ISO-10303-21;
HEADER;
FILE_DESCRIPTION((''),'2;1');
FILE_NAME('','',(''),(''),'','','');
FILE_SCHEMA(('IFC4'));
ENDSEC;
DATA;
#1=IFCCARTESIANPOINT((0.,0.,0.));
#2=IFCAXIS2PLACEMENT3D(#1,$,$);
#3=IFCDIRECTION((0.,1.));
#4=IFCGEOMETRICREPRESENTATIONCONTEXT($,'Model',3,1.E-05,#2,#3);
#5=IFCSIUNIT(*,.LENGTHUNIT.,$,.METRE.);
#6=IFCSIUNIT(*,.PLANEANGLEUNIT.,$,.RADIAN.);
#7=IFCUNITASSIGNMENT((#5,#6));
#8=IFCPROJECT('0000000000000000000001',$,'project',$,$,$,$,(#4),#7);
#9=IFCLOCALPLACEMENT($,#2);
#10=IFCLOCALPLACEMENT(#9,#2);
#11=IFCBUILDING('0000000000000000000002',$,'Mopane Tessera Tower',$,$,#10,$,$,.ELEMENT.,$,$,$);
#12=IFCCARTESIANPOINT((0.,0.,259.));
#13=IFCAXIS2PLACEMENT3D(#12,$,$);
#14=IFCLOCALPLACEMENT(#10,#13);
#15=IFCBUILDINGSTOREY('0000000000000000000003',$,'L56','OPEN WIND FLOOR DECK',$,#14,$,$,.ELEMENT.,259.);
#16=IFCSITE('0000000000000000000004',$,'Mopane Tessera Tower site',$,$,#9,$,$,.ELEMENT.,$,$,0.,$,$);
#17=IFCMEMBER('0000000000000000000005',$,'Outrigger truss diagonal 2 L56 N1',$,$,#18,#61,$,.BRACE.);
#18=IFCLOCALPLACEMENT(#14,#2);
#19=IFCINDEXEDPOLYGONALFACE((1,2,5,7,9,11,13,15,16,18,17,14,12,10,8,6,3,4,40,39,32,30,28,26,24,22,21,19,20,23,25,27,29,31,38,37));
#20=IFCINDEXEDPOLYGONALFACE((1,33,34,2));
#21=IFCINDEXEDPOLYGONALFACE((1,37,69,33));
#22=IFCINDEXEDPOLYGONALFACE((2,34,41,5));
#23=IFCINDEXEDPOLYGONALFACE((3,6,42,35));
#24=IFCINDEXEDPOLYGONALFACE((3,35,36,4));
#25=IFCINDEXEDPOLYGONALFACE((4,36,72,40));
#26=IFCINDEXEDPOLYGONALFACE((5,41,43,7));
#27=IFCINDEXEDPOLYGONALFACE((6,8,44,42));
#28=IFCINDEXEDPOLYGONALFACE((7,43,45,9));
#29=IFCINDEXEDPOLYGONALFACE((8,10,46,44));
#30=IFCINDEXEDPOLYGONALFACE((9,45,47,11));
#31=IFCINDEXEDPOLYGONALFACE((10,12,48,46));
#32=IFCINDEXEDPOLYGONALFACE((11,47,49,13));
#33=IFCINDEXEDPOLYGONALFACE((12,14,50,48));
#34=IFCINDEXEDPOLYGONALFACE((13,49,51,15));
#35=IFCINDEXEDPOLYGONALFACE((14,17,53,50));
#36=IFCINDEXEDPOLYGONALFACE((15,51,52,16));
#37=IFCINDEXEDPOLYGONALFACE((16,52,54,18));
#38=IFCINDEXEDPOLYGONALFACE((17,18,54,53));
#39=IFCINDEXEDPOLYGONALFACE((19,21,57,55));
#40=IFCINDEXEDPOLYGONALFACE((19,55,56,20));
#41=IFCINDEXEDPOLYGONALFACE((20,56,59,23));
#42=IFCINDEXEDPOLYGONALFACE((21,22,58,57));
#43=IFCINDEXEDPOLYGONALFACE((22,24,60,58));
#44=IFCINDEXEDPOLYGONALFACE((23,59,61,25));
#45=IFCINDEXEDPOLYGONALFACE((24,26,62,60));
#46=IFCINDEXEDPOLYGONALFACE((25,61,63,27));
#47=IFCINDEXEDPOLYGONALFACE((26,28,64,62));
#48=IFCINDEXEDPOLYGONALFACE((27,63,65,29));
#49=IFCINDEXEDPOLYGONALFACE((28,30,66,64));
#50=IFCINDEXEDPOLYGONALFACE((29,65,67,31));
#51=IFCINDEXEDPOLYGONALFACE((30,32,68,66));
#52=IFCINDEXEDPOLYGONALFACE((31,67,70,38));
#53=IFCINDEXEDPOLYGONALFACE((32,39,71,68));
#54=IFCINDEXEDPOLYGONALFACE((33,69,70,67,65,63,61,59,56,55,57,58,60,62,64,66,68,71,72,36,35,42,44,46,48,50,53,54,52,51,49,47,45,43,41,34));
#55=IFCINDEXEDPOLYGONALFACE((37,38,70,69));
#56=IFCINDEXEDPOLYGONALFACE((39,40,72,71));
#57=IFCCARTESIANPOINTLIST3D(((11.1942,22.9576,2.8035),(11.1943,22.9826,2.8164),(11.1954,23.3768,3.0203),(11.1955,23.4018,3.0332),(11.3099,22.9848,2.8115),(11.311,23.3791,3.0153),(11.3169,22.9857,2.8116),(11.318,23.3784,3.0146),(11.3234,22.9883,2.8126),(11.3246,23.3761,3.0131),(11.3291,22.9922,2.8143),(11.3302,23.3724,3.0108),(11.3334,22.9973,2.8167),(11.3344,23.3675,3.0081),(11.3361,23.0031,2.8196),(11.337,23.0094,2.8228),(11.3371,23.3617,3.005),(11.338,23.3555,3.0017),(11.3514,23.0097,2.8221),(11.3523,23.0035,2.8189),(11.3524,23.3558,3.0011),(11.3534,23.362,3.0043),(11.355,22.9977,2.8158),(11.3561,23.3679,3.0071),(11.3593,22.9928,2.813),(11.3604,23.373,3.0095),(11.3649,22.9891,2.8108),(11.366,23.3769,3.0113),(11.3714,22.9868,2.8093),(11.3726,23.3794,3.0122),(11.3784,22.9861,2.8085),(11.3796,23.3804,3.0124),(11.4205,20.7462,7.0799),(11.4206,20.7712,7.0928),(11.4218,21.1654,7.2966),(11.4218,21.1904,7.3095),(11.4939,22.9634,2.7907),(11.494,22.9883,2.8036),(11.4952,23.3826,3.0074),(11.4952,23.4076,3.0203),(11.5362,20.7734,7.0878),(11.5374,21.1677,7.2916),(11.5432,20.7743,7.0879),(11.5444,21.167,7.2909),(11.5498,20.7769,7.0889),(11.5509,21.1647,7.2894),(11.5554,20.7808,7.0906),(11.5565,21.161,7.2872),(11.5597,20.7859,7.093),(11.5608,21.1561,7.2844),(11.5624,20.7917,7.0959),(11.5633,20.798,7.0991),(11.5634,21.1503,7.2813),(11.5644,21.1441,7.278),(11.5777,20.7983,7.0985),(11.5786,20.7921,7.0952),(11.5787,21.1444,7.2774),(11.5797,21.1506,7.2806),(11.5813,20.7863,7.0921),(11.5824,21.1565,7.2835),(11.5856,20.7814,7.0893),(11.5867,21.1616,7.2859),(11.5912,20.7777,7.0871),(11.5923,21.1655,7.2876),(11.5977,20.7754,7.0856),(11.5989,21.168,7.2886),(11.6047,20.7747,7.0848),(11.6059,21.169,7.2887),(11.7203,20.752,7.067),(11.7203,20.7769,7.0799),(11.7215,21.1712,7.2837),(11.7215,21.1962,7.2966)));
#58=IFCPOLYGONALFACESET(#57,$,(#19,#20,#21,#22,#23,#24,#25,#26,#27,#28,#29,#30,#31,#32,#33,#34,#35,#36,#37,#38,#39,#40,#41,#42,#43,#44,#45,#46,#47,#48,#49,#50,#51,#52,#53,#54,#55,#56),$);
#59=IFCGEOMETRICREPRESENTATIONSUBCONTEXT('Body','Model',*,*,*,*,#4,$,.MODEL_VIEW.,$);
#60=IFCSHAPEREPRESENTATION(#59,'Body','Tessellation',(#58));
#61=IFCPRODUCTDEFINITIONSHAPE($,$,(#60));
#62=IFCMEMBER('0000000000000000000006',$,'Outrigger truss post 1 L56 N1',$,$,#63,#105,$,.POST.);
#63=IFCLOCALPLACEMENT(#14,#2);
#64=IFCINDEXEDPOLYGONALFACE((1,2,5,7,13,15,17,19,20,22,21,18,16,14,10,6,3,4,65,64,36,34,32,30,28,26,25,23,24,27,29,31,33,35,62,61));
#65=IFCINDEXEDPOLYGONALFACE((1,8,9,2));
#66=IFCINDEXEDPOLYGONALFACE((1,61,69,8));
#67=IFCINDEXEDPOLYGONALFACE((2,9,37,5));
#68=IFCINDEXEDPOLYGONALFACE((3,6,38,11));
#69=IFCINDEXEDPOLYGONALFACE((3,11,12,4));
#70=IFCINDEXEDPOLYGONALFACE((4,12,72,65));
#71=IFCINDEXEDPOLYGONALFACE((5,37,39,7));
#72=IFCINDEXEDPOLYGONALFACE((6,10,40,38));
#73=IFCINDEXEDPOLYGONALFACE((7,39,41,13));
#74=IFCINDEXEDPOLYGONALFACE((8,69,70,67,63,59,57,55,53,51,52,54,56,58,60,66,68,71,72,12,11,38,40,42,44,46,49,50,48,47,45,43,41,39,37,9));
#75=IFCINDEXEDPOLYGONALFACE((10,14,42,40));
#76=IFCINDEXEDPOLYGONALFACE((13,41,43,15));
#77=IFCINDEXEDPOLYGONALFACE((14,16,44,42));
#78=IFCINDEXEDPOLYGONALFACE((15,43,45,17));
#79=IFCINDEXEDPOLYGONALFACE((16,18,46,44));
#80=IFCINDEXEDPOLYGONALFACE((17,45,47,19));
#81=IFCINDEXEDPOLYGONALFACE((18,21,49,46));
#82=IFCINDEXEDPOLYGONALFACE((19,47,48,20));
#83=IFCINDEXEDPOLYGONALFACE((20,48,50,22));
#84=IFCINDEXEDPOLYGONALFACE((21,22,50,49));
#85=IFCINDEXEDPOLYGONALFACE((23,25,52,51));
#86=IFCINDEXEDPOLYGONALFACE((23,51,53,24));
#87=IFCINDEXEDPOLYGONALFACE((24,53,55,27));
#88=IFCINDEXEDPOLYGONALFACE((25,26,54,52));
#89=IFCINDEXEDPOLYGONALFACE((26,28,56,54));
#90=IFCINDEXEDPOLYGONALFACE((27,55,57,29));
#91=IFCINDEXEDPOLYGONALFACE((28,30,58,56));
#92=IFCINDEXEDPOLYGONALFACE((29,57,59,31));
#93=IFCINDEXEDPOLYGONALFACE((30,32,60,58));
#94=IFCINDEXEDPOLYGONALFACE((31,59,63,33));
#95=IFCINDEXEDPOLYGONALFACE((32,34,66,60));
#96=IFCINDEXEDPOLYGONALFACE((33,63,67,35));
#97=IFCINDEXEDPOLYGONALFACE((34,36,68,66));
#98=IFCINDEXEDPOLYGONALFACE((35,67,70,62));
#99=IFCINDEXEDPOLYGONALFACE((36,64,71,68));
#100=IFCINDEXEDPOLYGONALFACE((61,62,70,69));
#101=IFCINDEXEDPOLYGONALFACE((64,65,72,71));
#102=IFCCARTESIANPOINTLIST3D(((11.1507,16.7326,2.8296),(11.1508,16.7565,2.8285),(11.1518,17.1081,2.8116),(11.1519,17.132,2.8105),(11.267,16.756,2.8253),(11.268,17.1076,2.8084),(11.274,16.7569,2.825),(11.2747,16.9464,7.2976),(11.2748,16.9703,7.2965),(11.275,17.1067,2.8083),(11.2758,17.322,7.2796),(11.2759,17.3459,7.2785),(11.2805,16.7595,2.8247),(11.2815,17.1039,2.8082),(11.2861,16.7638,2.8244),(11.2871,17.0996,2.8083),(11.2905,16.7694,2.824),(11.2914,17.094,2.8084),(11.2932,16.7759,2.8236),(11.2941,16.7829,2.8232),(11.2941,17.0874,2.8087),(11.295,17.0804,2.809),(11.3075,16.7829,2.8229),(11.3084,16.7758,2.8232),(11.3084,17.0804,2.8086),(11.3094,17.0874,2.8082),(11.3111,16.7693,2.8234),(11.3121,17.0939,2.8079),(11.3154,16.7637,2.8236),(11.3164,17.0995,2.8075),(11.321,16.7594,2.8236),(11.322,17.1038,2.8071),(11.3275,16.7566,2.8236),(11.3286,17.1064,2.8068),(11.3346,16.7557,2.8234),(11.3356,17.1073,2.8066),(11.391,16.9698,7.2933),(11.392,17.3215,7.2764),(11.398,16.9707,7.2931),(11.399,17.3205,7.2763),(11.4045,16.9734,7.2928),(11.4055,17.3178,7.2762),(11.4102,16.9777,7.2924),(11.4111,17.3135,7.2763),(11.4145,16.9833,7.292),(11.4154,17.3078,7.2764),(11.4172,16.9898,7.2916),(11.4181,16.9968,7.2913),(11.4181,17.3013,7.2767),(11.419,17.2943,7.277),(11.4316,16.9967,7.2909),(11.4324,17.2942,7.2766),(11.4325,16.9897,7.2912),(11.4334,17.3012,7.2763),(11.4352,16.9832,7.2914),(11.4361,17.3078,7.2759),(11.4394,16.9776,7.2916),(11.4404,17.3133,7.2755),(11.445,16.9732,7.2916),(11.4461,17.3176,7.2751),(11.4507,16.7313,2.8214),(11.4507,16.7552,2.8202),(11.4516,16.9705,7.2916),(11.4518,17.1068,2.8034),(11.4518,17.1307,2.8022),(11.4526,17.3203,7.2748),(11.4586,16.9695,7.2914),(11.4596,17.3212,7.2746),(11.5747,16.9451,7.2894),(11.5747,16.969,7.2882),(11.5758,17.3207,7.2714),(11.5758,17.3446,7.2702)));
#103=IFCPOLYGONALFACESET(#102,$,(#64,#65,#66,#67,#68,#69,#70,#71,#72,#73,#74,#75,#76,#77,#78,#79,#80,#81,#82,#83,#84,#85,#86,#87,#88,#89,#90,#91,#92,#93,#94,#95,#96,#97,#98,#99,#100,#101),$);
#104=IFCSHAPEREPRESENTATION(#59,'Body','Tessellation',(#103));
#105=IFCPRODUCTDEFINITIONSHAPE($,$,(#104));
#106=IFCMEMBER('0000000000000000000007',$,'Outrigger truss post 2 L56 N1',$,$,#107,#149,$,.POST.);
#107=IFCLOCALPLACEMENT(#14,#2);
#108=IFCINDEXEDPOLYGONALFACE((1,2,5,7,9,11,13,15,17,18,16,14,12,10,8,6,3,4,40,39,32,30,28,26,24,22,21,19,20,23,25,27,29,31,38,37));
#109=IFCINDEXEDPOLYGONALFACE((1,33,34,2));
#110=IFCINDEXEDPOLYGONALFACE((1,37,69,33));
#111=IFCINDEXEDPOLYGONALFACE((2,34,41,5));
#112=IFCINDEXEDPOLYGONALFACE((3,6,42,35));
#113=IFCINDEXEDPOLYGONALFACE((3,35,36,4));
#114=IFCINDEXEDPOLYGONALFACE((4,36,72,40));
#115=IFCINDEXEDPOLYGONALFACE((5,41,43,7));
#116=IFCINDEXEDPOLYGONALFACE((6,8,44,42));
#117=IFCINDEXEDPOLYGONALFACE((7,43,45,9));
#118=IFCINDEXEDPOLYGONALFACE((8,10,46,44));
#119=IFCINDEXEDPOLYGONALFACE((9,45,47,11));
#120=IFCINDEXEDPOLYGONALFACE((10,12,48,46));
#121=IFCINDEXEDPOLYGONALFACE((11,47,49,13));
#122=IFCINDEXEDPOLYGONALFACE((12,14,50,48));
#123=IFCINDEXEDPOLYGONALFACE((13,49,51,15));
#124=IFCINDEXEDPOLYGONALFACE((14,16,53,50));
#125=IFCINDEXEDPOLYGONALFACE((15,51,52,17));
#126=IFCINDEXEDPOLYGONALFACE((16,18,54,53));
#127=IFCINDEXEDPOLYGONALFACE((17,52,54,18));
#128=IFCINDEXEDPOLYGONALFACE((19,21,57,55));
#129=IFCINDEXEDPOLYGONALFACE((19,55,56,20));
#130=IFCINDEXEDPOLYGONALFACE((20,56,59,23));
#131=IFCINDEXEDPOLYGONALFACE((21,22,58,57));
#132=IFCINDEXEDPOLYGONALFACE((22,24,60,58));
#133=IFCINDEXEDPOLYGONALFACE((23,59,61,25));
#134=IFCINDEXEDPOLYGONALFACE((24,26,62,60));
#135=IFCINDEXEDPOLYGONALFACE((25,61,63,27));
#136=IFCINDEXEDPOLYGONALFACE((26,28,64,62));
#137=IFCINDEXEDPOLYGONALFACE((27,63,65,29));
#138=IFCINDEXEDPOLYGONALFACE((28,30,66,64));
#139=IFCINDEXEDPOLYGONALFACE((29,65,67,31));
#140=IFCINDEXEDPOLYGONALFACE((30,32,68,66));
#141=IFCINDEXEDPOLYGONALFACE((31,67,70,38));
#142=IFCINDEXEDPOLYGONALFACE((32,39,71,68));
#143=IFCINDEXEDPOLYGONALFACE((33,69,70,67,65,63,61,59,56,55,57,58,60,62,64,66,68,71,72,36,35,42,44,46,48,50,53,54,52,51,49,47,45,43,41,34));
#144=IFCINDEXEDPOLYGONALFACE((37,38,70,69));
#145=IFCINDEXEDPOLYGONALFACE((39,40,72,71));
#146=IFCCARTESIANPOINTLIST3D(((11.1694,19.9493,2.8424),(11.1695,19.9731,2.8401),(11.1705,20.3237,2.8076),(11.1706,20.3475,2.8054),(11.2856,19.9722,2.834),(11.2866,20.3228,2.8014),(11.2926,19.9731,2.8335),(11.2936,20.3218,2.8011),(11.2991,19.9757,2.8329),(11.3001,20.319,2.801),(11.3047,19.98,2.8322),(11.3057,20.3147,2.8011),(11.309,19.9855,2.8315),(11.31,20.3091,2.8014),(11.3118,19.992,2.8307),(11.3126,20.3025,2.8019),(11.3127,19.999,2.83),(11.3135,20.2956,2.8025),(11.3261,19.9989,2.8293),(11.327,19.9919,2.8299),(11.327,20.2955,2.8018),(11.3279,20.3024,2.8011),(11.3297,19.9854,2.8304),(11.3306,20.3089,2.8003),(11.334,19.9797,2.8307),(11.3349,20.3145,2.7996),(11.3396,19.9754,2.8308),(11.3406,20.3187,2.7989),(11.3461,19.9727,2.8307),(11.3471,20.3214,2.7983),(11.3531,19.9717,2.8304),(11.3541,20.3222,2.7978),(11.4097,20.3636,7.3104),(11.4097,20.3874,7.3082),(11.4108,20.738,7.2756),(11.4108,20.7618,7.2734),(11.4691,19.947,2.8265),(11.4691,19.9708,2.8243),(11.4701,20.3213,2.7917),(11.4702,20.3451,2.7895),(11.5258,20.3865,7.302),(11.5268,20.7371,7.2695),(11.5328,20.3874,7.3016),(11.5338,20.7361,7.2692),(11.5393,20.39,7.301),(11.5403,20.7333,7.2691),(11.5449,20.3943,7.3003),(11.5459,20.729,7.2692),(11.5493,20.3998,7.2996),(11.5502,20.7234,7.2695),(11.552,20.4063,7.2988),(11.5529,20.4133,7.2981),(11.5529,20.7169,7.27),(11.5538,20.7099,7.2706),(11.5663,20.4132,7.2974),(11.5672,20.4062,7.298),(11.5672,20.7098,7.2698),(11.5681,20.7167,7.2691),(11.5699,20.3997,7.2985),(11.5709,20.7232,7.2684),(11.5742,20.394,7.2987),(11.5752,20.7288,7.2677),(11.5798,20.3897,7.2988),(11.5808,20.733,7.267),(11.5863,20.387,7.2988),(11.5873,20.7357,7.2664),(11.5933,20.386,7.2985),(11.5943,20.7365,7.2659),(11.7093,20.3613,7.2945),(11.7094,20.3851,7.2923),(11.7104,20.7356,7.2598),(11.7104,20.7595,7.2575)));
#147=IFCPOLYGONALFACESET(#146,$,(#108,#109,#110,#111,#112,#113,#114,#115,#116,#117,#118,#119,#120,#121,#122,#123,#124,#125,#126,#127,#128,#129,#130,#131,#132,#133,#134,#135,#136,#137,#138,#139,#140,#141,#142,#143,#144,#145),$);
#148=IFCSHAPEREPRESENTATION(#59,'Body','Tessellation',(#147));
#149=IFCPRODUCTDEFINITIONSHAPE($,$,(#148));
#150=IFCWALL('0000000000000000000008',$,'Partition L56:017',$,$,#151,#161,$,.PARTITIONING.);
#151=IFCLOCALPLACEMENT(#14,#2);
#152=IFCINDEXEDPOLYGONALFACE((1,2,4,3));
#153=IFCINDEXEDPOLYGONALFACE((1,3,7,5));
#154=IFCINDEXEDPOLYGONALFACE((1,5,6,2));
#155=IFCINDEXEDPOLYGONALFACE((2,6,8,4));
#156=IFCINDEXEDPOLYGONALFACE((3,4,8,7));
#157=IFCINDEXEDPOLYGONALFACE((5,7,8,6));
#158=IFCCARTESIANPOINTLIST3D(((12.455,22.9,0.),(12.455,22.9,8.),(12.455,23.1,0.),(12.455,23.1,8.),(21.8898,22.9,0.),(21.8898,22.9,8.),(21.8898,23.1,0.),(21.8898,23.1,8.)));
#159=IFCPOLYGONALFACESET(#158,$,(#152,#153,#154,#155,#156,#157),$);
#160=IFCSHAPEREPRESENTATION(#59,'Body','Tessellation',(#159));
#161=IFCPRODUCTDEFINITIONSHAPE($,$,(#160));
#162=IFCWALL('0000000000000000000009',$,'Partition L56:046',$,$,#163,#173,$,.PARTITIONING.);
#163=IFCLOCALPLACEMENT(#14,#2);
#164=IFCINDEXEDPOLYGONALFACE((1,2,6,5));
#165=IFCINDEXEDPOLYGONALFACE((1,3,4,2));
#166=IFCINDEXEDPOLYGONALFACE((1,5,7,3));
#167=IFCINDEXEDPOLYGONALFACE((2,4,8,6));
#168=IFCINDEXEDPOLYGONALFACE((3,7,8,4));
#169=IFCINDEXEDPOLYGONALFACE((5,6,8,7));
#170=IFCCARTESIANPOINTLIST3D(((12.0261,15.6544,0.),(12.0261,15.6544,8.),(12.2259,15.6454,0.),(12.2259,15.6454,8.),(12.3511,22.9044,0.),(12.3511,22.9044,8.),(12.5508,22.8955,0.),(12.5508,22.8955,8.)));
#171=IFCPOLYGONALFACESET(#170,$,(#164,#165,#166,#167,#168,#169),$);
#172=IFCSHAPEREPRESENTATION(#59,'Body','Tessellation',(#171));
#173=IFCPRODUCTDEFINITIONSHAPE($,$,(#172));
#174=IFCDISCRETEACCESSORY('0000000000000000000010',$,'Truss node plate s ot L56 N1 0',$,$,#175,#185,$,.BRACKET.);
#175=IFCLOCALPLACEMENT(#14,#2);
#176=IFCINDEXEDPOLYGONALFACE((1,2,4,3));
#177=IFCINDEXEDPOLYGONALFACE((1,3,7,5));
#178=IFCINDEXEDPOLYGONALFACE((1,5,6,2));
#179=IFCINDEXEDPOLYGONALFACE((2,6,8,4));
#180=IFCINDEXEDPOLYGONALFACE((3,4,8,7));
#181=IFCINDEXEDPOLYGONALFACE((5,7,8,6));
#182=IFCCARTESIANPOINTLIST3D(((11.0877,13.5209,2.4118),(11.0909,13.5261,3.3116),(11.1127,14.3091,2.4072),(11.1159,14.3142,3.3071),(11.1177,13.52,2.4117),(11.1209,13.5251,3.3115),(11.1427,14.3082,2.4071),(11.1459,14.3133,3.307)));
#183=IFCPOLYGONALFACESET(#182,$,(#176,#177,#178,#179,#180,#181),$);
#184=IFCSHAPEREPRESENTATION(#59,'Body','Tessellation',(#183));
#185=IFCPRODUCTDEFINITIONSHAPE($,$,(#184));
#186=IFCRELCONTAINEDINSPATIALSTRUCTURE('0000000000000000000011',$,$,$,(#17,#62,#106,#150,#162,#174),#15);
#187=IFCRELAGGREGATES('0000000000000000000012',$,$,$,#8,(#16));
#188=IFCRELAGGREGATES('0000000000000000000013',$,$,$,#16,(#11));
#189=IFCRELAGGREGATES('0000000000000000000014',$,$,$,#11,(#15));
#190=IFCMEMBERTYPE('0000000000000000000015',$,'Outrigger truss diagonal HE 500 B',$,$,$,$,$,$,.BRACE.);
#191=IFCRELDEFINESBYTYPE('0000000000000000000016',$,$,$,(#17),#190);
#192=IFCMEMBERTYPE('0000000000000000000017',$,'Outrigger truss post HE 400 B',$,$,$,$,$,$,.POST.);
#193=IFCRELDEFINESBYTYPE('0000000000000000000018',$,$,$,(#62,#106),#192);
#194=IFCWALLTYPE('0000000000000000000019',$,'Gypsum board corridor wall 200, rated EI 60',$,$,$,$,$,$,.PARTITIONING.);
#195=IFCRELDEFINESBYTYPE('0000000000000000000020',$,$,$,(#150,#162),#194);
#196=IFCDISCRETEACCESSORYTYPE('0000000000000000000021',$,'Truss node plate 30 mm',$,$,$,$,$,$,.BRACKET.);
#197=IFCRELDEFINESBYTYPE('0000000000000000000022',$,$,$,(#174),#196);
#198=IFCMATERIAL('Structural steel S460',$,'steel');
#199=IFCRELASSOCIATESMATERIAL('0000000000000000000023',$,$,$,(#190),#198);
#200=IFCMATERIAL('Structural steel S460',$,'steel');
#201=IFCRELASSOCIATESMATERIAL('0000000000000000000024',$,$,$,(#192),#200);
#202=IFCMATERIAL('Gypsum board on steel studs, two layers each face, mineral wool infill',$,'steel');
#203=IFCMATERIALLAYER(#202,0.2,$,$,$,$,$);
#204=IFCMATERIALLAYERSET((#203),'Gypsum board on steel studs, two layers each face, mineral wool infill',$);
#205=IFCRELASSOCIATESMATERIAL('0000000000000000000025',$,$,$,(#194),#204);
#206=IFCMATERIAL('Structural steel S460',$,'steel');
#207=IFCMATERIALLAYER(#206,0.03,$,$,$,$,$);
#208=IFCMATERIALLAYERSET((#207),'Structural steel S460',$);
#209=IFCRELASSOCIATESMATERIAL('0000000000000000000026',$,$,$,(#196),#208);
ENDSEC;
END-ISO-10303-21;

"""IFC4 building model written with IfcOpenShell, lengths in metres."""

from ifc_helpers import new_model, si_unit, direction, frame, frame_2d, origin, origin_2d, place, context, subcontext, project, spatial, rectangle, i_section, extrude, material, layer, layer_set, material_profile, profile_set, type_object, element, save


model = new_model("IFC4")

# Units and contexts
model_context = context("Model", 3, precision=1e-05, world=origin(), true_north=direction((0.0, 1.0)))
body_context = subcontext(model_context, "Body", "Model", "MODEL_VIEW")
ifc_project = project(units=[si_unit("LENGTHUNIT", "METRE"), si_unit("PLANEANGLEUNIT", "RADIAN")], contexts=[model_context])

# Site, building, storey
site_placement = place(None, origin())
site = spatial("IfcSite", under=ifc_project, at=site_placement, Name="Mopane Tessera Tower site", CompositionType="ELEMENT", RefElevation=0.0)
building_placement = place(site_placement, origin())
building = spatial("IfcBuilding", under=site, at=building_placement, Name="Mopane Tessera Tower", CompositionType="ELEMENT")
storey_placement = place(building_placement, frame((0.0, 0.0, 259.0)))
storey = spatial("IfcBuildingStorey", under=building, at=storey_placement, Name="L56", Description="OPEN WIND FLOOR DECK", CompositionType="ELEMENT", Elevation=259.0)

# Members
ifc_material_1 = material(Name="Structural steel S460", Category="steel")
ifc_material_profile_1 = material_profile(ifc_material_1, i_section(OverallWidth=0.3, OverallDepth=0.5, WebThickness=0.0144, FlangeThickness=0.0281, FilletRadius=0.0271, at=origin_2d()))
ifc_profile_set_1 = profile_set([ifc_material_profile_1], Name="Structural steel S460")
member_type_1 = type_object("IfcMemberType", Name="Outrigger truss diagonal HE 500 B", PredefinedType="BRACE", material=ifc_profile_set_1)
member_1_placement = place(storey_placement, frame((11.571, 20.9712, 7.1882), z_axis=(-0.046958, 0.458836, -0.887279), x_axis=(-0.998894, -0.019276, 0.042896)))
element("IfcMember", 1, at=member_1_placement, inside=storey, type_object=member_type_1, Name="Outrigger truss diagonal 2 L56 N1", PredefinedType="BRACE", context=body_context, shape_type="SweptSolid", body=[
    extrude(i_section(OverallWidth=0.3, OverallDepth=0.5, WebThickness=0.0144, FlangeThickness=0.0281, FilletRadius=0.0271, at=origin_2d()), origin(), (0.0, 0.0, 1.0), 4.8196),
])
ifc_material_2 = material(Name="Structural steel S460", Category="steel")
ifc_material_profile_2 = material_profile(ifc_material_2, i_section(OverallWidth=0.3, OverallDepth=0.3999, WebThickness=0.0134, FlangeThickness=0.0239, FilletRadius=0.0271, at=origin_2d()))
ifc_profile_set_2 = profile_set([ifc_material_profile_2], Name="Structural steel S460")
member_type_2 = type_object("IfcMemberType", Name="Outrigger truss post HE 400 B", PredefinedType="POST", material=ifc_profile_set_2)
member_2_placement = place(storey_placement, frame((11.3013, 16.9316, 2.8159), z_axis=(0.027716, 0.047793, 0.998473), x_axis=(-0.999612, 0.004249, 0.027544)))
element("IfcMember", 2, at=member_2_placement, inside=storey, type_object=member_type_2, Name="Outrigger truss post 1 L56 N1", PredefinedType="POST", context=body_context, shape_type="SweptSolid", body=[
    extrude(i_section(OverallWidth=0.3, OverallDepth=0.3999, WebThickness=0.0134, FlangeThickness=0.0239, FilletRadius=0.0271, at=origin_2d()), origin(), (0.0, 0.0, 1.0), 4.4749),
])
member_3_placement = place(storey_placement, frame((11.3198, 20.1472, 2.8159), z_axis=(0.053461, 0.092199, 0.994304), x_axis=(-0.998566, 0.007798, 0.052967)))
element("IfcMember", 3, at=member_3_placement, inside=storey, type_object=member_type_2, Name="Outrigger truss post 2 L56 N1", PredefinedType="POST", context=body_context, shape_type="SweptSolid", body=[
    extrude(i_section(OverallWidth=0.3, OverallDepth=0.3999, WebThickness=0.0134, FlangeThickness=0.0239, FilletRadius=0.0271, at=origin_2d()), origin(), (0.0, 0.0, 1.0), 4.4937),
])

# Walls
ifc_material_3 = material(Name="Gypsum board on steel studs, two layers each face, mineral wool infill", Category="steel")
ifc_layer_1 = layer(ifc_material_3, 0.2)
ifc_layer_set_1 = layer_set([ifc_layer_1], Name="Gypsum board on steel studs, two layers each face, mineral wool infill")
wall_type = type_object("IfcWallType", Name="Gypsum board corridor wall 200, rated EI 60", PredefinedType="PARTITIONING", material=ifc_layer_set_1)
wall_1_placement = place(storey_placement, frame((12.4551, 23.0, 0.0), z_axis=(0.0, 0.0, 1.0), x_axis=(1.0, 0.0, 0.0)))
element("IfcWall", 4, at=wall_1_placement, inside=storey, type_object=wall_type, Name="Partition L56:017", PredefinedType="PARTITIONING", context=body_context, shape_type="SweptSolid", body=[
    extrude(rectangle(XDim=9.4348, YDim=0.2, at=frame_2d((4.7173, 0.0))), origin(), (0.0, 0.0, 1.0), 8.0),
])
wall_2_placement = place(storey_placement, frame((12.126, 15.6499, 0.0), z_axis=(0.0, 0.0, 1.0), x_axis=(0.044776, 0.998997, 0.0)))
element("IfcWall", 5, at=wall_2_placement, inside=storey, type_object=wall_type, Name="Partition L56:046", PredefinedType="PARTITIONING", context=body_context, shape_type="SweptSolid", body=[
    extrude(rectangle(XDim=7.2573, YDim=0.2, at=frame_2d((3.6287, 0.0))), origin(), (0.0, 0.0, 1.0), 8.0),
])

# Discrete accessory
ifc_material_4 = material(Name="Structural steel S460", Category="steel")
ifc_layer_2 = layer(ifc_material_4, 0.03)
ifc_layer_set_2 = layer_set([ifc_layer_2], Name="Structural steel S460")
discrete_accessory_type = type_object("IfcDiscreteAccessoryType", Name="Truss node plate 30 mm", PredefinedType="BRACKET", material=ifc_layer_set_2)
discrete_accessory_1_placement = place(storey_placement, frame((11.1152, 13.9146, 2.4094), z_axis=(0.003527, 0.005697, 0.999978), x_axis=(-0.999491, 0.031736, 0.003344)))
element("IfcDiscreteAccessory", 6, at=discrete_accessory_1_placement, inside=storey, type_object=discrete_accessory_type, Name="Truss node plate s ot L56 N1 0", PredefinedType="BRACKET", context=body_context, shape_type="SweptSolid", body=[
    extrude(rectangle(XDim=0.03, YDim=0.7886, at=origin_2d()), origin(), (0.0, 0.0, 1.0), 0.8999),
])

save(model, "model.ifc")
